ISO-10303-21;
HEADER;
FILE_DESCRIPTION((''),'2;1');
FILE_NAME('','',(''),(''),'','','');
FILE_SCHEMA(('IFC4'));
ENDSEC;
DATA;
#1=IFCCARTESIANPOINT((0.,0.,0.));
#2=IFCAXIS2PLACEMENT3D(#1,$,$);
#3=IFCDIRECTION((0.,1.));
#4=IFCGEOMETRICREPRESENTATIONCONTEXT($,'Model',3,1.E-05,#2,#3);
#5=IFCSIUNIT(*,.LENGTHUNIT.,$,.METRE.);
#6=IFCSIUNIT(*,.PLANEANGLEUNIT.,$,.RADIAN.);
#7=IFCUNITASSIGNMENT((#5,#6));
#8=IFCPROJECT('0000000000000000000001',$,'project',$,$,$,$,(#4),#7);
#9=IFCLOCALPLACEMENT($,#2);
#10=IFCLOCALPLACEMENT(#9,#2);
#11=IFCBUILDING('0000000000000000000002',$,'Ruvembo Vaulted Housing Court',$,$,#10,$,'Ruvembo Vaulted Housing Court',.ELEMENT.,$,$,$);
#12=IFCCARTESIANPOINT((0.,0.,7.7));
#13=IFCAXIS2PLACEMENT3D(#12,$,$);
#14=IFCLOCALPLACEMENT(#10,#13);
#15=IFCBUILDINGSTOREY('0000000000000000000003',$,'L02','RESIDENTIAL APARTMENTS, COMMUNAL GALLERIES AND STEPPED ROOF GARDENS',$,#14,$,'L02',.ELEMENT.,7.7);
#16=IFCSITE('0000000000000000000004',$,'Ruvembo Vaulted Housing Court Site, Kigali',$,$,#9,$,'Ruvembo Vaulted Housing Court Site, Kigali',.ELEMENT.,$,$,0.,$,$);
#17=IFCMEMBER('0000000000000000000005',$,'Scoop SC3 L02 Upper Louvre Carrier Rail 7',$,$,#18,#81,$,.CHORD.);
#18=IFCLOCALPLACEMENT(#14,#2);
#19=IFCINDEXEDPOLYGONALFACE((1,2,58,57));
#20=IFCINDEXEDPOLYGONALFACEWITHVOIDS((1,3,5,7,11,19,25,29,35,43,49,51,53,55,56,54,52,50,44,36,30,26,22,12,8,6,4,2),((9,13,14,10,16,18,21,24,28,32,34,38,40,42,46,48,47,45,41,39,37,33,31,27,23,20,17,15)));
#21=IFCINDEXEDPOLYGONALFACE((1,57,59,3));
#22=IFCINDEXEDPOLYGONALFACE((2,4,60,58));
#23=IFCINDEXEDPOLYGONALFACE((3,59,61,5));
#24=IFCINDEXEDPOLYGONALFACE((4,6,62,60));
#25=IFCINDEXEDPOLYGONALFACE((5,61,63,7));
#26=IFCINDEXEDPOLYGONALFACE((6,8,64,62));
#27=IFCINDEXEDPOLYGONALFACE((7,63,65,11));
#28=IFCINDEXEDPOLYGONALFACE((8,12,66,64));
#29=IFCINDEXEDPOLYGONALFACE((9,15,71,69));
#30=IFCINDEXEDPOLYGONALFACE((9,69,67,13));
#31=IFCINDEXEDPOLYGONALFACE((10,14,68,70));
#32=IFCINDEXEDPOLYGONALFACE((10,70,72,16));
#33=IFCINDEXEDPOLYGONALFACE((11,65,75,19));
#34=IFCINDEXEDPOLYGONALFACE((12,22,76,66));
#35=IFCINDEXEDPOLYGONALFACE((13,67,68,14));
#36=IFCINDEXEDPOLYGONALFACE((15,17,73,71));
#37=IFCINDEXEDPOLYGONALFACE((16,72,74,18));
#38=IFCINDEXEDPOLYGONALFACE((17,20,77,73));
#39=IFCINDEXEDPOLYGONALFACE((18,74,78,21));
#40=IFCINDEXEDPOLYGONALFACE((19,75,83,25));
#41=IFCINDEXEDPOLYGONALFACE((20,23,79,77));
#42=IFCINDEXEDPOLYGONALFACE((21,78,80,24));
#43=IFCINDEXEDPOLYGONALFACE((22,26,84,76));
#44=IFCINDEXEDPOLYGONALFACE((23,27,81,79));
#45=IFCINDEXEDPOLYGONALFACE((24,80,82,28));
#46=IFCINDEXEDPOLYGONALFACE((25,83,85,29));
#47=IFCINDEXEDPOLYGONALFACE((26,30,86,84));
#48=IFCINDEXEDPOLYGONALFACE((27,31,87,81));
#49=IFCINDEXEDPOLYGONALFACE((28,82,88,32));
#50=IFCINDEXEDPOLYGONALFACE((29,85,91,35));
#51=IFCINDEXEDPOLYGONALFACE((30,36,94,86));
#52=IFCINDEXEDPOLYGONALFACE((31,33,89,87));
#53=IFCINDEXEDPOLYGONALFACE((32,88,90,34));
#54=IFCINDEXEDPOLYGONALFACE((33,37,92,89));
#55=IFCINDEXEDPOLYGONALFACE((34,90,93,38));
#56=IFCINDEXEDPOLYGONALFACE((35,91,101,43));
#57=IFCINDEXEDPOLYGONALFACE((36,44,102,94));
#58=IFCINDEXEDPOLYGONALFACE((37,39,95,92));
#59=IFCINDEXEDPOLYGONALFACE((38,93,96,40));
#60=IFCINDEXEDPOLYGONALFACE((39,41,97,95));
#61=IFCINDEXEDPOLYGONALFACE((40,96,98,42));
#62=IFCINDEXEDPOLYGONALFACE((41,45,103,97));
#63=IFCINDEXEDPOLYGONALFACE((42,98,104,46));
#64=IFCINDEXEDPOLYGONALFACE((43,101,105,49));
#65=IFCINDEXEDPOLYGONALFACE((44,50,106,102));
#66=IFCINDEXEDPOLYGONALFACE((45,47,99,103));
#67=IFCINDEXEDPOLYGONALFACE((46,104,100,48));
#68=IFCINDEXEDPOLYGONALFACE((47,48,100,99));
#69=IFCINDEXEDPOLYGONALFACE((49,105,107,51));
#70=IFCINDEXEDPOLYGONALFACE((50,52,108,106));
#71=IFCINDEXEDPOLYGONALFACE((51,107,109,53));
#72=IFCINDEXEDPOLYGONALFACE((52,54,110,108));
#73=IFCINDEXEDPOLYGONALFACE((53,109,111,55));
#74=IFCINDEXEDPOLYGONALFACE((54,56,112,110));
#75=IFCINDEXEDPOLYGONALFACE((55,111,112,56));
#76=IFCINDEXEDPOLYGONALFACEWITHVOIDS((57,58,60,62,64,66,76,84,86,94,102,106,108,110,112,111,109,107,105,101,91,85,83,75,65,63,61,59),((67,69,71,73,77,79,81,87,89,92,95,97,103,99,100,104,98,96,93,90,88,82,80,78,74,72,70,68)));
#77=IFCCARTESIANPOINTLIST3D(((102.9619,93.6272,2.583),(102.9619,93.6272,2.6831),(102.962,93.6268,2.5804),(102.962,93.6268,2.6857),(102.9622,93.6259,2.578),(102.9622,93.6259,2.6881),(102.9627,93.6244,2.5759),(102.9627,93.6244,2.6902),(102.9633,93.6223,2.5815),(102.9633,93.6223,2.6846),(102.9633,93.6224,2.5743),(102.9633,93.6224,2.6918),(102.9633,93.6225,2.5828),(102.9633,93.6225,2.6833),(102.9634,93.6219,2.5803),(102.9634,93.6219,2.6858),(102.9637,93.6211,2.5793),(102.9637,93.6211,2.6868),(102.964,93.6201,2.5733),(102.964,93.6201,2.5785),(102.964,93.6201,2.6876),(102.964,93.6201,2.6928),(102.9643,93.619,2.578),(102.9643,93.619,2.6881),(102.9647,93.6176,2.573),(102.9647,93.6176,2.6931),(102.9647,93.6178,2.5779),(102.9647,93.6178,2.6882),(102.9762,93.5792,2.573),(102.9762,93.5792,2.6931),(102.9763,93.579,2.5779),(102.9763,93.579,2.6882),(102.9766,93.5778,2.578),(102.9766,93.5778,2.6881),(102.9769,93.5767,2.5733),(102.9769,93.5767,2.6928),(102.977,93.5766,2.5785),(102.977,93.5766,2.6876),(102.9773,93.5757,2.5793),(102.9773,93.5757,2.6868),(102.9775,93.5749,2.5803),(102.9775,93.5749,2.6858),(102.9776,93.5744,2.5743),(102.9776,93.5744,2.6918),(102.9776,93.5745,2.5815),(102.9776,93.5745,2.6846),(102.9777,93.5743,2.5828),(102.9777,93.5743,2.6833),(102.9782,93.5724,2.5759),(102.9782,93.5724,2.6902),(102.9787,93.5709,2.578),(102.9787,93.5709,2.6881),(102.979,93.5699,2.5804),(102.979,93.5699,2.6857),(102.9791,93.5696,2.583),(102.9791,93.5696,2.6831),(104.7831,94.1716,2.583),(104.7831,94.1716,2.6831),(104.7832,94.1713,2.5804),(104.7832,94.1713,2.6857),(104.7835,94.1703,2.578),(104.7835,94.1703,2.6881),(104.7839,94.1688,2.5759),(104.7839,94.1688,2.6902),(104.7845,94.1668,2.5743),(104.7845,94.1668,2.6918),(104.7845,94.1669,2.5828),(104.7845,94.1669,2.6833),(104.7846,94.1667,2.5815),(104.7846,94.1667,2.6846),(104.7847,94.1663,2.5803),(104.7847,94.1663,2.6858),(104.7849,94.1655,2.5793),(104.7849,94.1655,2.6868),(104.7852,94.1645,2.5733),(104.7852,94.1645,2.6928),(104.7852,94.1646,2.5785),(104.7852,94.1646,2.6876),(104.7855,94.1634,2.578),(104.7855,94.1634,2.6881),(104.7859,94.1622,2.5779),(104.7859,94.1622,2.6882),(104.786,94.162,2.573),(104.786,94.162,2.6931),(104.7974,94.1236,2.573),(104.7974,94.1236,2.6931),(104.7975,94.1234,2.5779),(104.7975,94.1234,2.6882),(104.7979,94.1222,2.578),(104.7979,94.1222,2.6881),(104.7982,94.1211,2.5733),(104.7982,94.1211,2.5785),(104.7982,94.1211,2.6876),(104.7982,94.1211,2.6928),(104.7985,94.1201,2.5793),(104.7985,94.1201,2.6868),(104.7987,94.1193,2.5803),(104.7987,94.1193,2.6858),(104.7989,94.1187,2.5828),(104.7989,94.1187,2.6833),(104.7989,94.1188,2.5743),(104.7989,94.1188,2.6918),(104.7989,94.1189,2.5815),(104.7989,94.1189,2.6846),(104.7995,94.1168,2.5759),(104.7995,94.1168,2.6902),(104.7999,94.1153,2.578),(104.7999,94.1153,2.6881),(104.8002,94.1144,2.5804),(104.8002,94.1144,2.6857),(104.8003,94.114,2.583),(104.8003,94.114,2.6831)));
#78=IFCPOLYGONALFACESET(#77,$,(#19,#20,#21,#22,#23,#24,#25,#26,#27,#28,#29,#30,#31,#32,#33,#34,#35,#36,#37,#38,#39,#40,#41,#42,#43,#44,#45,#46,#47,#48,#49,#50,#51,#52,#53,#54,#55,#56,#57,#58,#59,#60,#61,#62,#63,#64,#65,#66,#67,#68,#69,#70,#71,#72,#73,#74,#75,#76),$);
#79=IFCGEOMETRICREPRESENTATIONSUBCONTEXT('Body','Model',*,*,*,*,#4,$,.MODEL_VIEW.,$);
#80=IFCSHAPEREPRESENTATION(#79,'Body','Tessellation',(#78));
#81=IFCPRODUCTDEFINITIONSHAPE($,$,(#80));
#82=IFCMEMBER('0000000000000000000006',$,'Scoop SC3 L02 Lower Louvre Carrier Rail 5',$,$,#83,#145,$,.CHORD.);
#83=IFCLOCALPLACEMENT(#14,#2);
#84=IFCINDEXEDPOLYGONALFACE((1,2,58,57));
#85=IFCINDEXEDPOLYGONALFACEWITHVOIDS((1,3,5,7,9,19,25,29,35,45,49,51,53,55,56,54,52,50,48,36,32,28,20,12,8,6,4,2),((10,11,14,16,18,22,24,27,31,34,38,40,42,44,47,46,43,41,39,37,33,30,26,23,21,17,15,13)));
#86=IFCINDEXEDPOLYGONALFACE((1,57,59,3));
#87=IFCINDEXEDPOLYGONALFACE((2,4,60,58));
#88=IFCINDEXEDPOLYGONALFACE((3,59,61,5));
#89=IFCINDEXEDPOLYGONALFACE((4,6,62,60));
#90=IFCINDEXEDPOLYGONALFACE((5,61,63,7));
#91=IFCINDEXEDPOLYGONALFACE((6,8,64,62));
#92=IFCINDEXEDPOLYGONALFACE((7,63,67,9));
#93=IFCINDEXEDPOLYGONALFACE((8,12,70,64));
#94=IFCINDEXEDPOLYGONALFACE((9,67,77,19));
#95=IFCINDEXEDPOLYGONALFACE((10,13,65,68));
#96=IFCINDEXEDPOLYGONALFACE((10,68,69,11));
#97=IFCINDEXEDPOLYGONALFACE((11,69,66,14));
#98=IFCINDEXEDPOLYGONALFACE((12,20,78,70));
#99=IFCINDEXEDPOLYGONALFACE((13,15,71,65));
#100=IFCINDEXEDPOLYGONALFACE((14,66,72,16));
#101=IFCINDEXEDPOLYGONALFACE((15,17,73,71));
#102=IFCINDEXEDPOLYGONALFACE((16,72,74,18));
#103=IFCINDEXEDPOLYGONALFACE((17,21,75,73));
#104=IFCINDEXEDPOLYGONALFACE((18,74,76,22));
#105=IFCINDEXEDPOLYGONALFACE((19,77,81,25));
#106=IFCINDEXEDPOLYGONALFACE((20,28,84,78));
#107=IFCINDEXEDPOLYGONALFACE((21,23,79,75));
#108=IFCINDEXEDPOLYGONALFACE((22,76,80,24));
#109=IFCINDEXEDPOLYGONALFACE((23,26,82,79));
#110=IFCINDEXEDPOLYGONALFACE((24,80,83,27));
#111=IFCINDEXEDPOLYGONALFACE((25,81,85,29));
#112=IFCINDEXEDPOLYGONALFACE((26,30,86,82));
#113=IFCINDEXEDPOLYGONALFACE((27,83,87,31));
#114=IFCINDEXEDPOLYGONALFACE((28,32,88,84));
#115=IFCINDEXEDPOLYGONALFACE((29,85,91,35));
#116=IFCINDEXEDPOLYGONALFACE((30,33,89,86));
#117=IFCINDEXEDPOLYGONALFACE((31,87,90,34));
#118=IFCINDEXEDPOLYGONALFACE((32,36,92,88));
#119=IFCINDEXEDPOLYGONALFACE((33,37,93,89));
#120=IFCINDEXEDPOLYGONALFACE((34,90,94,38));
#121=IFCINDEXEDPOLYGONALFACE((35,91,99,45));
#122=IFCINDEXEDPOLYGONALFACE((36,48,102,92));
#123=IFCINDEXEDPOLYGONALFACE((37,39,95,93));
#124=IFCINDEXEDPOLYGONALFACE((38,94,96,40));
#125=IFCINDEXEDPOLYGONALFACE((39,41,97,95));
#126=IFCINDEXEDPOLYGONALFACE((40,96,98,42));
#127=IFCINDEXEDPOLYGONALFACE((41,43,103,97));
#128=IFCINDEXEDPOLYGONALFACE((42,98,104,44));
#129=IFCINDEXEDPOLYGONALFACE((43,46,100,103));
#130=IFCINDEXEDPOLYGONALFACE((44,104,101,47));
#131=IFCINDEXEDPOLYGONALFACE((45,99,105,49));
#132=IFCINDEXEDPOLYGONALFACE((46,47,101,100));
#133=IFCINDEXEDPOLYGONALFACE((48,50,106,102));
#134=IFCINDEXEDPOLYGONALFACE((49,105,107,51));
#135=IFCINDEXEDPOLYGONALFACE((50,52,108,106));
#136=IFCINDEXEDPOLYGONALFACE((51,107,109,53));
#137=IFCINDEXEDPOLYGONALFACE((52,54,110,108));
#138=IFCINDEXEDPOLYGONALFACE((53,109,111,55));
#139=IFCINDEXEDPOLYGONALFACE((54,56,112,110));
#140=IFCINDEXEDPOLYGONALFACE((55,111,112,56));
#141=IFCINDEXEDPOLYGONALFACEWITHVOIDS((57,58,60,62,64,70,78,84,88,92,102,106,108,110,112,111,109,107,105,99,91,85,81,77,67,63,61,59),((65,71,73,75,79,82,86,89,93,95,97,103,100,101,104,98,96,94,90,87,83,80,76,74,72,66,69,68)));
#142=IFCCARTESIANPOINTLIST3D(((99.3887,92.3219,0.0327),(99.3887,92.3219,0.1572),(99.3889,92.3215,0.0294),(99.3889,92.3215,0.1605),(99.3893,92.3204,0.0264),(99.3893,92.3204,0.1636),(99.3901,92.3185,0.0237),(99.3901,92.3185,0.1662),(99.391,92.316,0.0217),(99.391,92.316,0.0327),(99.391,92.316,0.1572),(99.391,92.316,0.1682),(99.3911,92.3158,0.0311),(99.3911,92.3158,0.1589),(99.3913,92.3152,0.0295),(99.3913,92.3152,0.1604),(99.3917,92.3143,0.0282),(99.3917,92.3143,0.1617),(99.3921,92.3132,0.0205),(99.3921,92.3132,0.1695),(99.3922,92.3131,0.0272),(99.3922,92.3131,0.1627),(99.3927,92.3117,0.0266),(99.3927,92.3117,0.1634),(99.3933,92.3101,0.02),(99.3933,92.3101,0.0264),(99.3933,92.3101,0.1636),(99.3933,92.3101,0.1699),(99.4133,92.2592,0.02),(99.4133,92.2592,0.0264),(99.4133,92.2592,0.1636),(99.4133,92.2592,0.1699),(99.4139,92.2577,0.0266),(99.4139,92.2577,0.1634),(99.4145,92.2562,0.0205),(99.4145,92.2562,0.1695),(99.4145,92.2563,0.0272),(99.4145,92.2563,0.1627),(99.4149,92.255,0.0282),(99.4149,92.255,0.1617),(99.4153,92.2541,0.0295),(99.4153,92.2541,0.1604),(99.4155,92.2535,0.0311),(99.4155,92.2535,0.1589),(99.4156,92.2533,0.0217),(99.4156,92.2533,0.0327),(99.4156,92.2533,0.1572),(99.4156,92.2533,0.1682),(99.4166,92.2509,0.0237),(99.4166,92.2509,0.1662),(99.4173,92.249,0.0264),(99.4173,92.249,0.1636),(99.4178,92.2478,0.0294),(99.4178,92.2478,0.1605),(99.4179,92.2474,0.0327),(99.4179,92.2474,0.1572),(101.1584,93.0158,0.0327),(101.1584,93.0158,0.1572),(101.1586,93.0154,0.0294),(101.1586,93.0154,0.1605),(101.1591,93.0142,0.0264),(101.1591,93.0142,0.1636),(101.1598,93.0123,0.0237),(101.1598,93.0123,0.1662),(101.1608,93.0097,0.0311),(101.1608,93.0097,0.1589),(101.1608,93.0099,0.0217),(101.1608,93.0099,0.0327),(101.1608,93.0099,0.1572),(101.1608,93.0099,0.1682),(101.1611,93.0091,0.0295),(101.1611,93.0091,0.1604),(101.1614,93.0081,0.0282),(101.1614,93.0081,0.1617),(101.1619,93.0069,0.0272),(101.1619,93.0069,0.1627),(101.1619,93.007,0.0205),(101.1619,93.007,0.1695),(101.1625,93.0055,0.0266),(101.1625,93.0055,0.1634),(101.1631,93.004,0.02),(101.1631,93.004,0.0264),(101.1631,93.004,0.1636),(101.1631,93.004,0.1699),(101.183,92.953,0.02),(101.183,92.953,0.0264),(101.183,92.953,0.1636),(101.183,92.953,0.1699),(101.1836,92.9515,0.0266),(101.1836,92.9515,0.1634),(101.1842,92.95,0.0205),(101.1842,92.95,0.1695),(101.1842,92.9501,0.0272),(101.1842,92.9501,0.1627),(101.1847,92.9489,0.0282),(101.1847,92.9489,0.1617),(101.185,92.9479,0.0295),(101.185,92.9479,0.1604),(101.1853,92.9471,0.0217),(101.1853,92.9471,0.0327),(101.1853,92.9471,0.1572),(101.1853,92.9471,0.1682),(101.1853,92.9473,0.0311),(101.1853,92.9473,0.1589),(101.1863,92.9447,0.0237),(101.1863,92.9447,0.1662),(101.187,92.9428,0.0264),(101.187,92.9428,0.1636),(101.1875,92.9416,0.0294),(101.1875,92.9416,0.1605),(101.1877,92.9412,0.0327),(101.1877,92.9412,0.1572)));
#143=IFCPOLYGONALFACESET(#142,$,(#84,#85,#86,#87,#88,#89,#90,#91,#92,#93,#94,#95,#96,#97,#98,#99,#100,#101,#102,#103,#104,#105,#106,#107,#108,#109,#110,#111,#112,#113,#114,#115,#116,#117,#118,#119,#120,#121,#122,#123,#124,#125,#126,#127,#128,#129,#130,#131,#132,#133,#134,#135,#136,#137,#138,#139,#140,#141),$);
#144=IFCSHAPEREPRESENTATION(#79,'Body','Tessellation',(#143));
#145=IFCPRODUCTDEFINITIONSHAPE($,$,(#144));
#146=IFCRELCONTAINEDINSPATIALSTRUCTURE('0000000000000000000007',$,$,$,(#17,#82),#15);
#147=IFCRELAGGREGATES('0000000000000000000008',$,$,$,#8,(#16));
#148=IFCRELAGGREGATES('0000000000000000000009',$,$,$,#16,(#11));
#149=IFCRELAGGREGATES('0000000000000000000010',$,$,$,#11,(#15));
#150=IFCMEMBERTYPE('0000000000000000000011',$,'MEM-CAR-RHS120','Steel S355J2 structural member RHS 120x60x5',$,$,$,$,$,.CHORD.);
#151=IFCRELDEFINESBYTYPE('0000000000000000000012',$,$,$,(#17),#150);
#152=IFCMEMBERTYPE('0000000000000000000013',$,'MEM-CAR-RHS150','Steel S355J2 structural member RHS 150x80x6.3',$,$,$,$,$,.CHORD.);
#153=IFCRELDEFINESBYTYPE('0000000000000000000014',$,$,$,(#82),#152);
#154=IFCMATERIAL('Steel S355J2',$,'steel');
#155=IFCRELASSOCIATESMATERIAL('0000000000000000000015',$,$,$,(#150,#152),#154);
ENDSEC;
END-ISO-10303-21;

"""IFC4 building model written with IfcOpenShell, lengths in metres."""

from ifc_helpers import new_model, si_unit, direction, frame, origin, origin_2d, place, context, subcontext, project, spatial, hollow_rectangle, extrude, material, material_profile, profile_set, type_object, element, save


model = new_model("IFC4")

# Units and contexts
model_context = context("Model", 3, precision=1e-05, world=origin(), true_north=direction((0.0, 1.0)))
body_context = subcontext(model_context, "Body", "Model", "MODEL_VIEW")
ifc_project = project(units=[si_unit("LENGTHUNIT", "METRE"), si_unit("PLANEANGLEUNIT", "RADIAN")], contexts=[model_context])

# Site, building, storey
site_placement = place(None, origin())
site = spatial("IfcSite", under=ifc_project, at=site_placement, Name="Ruvembo Vaulted Housing Court Site, Kigali", LongName="Ruvembo Vaulted Housing Court Site, Kigali", CompositionType="ELEMENT", RefElevation=0.0)
building_placement = place(site_placement, origin())
building = spatial("IfcBuilding", under=site, at=building_placement, Name="Ruvembo Vaulted Housing Court", LongName="Ruvembo Vaulted Housing Court", CompositionType="ELEMENT")
storey_placement = place(building_placement, frame((0.0, 0.0, 7.7)))
storey = spatial("IfcBuildingStorey", under=building, at=storey_placement, Name="L02", Description="RESIDENTIAL APARTMENTS, COMMUNAL GALLERIES AND STEPPED ROOF GARDENS", LongName="L02", CompositionType="ELEMENT", Elevation=7.7)

# Shared definitions
ifc_material_1 = material(Name="Steel S355J2", Category="steel")

# Members
ifc_material_profile_1 = material_profile(ifc_material_1, hollow_rectangle(XDim=0.0601, YDim=0.1201, WallThickness=0.0049, InnerFilletRadius=0.0049, OuterFilletRadius=0.01, at=origin_2d()), Name="RHS 120x60x5")
ifc_profile_set_1 = profile_set([ifc_material_profile_1], Name="Steel S355J2")
member_type_1 = type_object("IfcMemberType", Name="MEM-CAR-RHS120", Description="Steel S355J2 structural member RHS 120x60x5", PredefinedType="CHORD", material=ifc_profile_set_1)
member_1_placement = place(storey_placement, frame((102.9705, 93.5984, 2.6331), z_axis=(0.958109, 0.286405, 0.0), x_axis=(-0.286405, 0.958109, 0.0)))
element("IfcMember", 1, at=member_1_placement, inside=storey, type_object=member_type_1, Name="Scoop SC3 L02 Upper Louvre Carrier Rail 7", PredefinedType="CHORD", context=body_context, shape_type="SweptSolid", body=[
    extrude(hollow_rectangle(XDim=0.0601, YDim=0.1201, WallThickness=0.0049, InnerFilletRadius=0.0049, OuterFilletRadius=0.01, at=origin_2d()), origin(), (0.0, 0.0, 1.0), 1.9009),
])
ifc_material_profile_2 = material_profile(ifc_material_1, hollow_rectangle(XDim=0.0801, YDim=0.1499, WallThickness=0.0063, InnerFilletRadius=0.0063, OuterFilletRadius=0.0127, at=origin_2d()), Name="RHS 150x80x6.3")
ifc_profile_set_2 = profile_set([ifc_material_profile_2], Name="Steel S355J2")
member_type_2 = type_object("IfcMemberType", Name="MEM-CAR-RHS150", Description="Steel S355J2 structural member RHS 150x80x6.3", PredefinedType="CHORD", material=ifc_profile_set_2)
member_2_placement = place(storey_placement, frame((99.4033, 92.2847, 0.095), z_axis=(0.931006, 0.365005, 0.0), x_axis=(-0.365005, 0.931006, 0.0)))
element("IfcMember", 2, at=member_2_placement, inside=storey, type_object=member_type_2, Name="Scoop SC3 L02 Lower Louvre Carrier Rail 5", PredefinedType="CHORD", context=body_context, shape_type="SweptSolid", body=[
    extrude(hollow_rectangle(XDim=0.0801, YDim=0.1499, WallThickness=0.0063, InnerFilletRadius=0.0063, OuterFilletRadius=0.0127, at=origin_2d()), origin(), (0.0, 0.0, 1.0), 1.9009),
])

save(model, "model.ifc")
